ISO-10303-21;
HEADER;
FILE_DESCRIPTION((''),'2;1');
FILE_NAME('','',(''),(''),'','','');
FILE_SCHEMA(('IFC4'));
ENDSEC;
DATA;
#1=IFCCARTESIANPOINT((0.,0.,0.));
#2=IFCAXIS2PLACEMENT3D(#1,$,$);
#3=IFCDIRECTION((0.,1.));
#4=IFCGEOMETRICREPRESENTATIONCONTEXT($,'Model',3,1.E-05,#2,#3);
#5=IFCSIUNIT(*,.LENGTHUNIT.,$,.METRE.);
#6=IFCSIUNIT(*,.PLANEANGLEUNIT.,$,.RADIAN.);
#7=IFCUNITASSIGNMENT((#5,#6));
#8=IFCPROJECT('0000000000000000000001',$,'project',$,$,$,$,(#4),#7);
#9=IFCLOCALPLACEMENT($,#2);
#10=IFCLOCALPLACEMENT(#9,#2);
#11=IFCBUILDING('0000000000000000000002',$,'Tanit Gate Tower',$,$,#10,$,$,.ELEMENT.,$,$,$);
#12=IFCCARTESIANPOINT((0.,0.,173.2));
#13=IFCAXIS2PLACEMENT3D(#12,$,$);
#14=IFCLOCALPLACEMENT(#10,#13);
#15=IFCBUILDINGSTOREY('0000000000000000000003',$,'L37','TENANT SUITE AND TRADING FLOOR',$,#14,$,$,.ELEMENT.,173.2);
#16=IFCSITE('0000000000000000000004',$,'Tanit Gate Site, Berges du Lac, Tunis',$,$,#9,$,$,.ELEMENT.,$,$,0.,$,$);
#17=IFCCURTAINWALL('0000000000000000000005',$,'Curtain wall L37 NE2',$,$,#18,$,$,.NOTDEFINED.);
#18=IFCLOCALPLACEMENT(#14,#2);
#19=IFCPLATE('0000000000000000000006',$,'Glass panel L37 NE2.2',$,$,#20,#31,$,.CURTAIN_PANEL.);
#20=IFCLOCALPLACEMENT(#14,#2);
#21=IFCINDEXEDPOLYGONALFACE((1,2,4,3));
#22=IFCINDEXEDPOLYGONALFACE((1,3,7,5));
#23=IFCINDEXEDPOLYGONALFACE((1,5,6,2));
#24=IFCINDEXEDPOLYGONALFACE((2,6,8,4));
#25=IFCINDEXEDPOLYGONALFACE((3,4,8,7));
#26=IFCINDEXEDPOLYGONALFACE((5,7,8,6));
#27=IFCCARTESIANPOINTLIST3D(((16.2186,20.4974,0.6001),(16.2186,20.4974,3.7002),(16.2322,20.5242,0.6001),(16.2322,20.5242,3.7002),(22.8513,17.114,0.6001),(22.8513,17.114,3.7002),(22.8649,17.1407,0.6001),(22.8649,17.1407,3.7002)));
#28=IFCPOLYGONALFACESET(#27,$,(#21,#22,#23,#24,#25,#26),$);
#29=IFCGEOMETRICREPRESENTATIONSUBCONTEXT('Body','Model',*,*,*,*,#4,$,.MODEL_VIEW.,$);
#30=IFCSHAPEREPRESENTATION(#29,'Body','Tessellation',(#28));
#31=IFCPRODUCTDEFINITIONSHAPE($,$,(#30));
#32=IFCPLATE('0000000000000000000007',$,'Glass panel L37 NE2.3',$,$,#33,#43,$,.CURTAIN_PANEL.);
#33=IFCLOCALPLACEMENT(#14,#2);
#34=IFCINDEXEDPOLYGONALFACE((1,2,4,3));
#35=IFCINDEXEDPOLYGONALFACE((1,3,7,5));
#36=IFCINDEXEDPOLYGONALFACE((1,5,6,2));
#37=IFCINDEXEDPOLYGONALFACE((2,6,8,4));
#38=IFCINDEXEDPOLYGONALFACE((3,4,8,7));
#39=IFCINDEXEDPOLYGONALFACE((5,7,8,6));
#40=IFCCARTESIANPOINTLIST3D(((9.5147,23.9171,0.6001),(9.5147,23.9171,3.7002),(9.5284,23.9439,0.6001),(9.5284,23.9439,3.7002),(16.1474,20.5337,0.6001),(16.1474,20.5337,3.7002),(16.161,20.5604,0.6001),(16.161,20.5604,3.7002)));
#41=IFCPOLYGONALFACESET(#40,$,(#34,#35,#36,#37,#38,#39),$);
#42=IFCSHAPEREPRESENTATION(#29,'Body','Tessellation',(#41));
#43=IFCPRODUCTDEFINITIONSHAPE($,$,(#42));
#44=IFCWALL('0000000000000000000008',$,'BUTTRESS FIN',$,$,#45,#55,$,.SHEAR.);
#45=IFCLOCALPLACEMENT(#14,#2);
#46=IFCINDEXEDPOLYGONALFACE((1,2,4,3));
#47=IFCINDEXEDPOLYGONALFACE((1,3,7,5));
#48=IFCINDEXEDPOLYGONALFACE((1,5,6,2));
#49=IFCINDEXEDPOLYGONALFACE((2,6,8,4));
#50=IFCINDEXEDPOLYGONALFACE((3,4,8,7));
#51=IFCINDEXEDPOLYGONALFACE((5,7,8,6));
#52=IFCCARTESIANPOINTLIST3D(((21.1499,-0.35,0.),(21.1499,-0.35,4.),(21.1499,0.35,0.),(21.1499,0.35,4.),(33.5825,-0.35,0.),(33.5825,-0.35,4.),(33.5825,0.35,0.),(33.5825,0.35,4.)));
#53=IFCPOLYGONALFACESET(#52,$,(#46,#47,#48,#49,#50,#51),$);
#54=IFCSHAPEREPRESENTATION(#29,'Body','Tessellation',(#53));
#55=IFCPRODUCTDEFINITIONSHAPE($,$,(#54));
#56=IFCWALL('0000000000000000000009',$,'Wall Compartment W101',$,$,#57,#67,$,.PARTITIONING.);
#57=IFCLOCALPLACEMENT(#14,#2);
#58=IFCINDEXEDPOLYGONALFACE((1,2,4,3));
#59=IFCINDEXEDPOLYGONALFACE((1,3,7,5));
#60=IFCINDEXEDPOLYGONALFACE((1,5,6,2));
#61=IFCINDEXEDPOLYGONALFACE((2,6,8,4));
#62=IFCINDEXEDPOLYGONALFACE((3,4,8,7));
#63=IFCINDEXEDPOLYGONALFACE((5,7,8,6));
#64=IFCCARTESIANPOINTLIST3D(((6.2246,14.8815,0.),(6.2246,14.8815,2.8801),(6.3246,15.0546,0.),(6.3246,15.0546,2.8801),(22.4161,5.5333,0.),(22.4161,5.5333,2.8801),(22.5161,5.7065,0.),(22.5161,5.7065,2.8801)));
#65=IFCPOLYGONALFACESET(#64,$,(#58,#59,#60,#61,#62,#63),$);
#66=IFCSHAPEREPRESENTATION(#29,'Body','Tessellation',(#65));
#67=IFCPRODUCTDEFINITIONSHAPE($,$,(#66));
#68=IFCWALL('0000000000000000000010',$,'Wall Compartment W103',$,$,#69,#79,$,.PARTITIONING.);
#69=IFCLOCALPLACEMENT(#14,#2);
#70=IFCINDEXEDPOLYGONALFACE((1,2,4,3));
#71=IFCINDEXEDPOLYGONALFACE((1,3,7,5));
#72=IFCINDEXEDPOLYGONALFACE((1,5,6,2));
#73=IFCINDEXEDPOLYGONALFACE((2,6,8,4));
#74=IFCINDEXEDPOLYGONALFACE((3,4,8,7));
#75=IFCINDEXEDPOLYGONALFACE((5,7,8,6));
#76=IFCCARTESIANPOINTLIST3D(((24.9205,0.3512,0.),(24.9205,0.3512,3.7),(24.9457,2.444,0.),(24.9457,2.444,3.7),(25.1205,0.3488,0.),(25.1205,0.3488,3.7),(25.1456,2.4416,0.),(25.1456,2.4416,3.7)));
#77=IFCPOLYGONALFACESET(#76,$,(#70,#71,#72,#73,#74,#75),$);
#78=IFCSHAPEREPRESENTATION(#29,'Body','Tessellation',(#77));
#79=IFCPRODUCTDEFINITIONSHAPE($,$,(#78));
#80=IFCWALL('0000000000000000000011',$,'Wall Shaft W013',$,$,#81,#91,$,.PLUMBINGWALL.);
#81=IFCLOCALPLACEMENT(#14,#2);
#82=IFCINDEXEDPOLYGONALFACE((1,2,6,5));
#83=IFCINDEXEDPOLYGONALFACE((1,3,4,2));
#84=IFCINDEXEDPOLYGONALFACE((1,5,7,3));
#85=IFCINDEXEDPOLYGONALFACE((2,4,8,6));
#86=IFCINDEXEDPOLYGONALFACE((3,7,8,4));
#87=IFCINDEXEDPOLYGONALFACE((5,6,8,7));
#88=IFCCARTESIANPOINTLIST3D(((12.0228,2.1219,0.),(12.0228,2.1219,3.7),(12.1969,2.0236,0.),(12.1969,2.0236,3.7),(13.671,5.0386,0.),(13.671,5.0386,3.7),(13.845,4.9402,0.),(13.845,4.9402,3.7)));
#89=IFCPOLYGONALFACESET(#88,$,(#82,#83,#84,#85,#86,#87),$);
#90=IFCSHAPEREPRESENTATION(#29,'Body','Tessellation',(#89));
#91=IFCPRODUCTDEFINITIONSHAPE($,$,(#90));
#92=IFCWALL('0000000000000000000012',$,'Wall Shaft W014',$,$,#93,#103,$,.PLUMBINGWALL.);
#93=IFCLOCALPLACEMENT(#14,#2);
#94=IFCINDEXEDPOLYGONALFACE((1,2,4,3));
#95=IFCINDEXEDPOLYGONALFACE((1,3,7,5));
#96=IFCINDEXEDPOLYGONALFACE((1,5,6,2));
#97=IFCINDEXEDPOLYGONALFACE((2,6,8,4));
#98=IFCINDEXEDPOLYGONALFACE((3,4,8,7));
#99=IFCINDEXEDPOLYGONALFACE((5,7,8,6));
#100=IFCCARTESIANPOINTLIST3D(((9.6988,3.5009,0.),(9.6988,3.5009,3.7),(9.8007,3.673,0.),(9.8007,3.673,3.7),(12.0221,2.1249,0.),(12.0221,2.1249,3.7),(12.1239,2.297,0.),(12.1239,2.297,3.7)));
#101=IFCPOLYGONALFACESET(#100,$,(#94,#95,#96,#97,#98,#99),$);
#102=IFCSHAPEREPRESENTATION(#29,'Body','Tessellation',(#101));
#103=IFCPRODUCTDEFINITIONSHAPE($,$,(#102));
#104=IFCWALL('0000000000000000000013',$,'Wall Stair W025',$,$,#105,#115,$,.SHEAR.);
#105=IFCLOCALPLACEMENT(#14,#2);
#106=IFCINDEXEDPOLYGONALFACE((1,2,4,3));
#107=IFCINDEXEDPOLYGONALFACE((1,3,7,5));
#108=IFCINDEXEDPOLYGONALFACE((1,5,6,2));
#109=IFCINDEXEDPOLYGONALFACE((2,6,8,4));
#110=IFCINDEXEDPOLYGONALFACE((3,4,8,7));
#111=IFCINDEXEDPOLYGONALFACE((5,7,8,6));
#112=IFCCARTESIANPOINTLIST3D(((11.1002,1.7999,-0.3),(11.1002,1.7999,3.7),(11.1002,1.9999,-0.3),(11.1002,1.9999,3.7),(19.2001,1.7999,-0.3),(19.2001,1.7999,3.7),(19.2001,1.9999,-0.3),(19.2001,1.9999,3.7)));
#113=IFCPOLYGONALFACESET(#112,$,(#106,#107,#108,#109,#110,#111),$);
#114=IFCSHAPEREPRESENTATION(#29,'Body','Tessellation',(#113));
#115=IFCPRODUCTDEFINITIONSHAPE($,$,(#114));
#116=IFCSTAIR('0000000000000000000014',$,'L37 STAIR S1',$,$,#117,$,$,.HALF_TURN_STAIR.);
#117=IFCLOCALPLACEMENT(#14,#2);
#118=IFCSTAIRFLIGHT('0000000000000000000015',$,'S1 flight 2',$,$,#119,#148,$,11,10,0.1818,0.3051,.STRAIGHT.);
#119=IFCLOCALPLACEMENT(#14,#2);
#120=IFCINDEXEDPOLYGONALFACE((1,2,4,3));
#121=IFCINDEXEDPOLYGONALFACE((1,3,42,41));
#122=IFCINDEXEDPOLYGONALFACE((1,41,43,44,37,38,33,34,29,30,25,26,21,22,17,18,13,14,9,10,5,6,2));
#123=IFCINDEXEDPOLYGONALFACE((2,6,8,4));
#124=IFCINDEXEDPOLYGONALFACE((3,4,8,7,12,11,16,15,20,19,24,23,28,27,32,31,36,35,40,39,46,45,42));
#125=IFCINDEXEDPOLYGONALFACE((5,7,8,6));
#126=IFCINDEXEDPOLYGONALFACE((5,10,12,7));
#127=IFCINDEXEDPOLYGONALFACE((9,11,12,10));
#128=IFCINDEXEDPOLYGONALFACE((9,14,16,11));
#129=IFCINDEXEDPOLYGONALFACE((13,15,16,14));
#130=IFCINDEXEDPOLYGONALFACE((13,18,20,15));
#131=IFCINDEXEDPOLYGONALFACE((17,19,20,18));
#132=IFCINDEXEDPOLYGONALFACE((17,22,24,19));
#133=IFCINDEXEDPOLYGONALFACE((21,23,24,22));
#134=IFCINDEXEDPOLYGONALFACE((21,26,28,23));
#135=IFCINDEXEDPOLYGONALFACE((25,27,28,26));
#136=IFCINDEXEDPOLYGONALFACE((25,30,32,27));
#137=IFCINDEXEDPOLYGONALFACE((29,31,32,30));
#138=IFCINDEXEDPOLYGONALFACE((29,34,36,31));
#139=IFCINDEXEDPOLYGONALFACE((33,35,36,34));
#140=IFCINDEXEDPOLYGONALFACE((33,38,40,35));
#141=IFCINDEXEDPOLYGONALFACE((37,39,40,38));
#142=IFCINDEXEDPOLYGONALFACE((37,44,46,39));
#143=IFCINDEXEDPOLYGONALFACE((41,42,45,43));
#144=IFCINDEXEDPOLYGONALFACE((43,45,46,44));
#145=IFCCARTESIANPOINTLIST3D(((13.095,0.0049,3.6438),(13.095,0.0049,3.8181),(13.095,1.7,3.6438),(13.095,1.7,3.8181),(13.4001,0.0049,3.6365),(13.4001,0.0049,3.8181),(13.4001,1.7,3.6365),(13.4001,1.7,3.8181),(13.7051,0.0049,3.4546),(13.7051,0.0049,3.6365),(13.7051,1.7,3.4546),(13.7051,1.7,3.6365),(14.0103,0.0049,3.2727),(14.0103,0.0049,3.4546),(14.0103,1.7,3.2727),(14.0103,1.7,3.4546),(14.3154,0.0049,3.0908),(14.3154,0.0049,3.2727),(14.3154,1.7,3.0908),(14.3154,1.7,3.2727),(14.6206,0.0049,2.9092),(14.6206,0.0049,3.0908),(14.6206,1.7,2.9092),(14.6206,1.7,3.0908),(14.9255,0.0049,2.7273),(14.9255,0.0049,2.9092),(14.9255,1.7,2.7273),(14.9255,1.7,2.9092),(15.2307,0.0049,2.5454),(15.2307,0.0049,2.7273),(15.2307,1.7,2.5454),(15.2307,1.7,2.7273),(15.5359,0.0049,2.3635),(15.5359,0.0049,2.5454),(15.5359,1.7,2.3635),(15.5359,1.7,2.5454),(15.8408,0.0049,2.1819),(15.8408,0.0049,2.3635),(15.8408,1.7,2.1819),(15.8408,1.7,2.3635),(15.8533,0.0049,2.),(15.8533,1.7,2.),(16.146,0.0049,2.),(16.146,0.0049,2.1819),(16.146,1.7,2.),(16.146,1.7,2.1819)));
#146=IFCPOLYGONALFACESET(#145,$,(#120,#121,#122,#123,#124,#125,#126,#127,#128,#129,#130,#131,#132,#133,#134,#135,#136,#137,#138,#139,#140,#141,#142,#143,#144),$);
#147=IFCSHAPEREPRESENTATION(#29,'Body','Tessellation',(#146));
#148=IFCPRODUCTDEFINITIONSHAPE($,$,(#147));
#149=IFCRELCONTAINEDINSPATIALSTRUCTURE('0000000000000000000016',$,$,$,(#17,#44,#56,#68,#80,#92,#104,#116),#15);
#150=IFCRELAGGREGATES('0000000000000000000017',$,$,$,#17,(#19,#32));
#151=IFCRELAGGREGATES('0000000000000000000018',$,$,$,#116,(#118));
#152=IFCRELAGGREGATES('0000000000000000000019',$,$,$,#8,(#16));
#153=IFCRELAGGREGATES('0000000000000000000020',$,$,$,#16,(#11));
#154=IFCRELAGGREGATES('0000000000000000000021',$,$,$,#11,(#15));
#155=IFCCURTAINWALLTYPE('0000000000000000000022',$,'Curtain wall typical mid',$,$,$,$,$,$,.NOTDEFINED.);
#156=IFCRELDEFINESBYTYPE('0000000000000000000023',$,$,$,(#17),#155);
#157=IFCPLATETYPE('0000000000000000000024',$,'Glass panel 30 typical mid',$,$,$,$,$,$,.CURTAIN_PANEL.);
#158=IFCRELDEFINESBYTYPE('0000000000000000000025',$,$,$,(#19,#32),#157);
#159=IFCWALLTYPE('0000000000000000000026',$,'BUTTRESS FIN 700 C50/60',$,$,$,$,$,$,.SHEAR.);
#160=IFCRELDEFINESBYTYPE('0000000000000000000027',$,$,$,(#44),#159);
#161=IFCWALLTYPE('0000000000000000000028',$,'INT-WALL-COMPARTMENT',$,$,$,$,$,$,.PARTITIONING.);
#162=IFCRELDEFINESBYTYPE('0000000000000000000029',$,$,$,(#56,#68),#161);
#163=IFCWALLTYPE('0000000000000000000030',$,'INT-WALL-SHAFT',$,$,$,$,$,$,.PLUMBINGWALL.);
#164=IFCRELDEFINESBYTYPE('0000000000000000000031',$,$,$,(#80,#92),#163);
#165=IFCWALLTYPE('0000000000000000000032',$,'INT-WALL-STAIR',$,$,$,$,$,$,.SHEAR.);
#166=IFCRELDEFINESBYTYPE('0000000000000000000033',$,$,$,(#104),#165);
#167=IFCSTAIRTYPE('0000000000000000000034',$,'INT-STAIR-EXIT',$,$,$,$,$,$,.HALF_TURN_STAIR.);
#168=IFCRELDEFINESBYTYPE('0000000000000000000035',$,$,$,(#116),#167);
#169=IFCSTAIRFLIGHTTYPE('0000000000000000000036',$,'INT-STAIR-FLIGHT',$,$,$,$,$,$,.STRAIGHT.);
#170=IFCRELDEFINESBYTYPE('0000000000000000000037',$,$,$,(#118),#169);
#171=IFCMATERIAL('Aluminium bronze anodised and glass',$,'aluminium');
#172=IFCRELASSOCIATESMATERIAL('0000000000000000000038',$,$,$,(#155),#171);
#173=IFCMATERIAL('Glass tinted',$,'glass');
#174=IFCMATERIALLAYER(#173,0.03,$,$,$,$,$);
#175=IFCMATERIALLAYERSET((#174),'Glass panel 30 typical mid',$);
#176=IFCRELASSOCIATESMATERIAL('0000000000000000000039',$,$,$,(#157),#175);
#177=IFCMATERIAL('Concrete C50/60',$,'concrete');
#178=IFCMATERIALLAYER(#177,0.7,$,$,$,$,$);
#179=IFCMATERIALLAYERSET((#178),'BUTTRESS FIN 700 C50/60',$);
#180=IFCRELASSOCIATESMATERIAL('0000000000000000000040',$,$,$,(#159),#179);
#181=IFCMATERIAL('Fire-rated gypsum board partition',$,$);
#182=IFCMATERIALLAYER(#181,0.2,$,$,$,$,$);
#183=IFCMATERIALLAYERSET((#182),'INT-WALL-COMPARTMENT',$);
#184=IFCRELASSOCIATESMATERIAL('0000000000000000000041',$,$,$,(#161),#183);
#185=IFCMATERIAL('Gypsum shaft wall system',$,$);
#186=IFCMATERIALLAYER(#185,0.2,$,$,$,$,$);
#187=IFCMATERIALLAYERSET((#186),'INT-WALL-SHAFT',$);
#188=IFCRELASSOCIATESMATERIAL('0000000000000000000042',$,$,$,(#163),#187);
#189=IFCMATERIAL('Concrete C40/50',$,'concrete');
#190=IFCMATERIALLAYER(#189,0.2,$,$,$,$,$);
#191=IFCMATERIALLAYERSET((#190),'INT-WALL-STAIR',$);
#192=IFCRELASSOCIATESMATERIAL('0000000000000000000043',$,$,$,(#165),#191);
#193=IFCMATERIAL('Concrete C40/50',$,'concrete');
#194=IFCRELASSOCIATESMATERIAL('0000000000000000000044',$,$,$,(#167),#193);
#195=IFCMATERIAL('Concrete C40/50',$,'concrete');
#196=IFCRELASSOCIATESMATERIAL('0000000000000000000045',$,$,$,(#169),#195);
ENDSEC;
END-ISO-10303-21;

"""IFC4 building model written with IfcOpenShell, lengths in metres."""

from ifc_helpers import new_model, si_unit, direction, frame, frame_2d, origin, origin_2d, place, context, subcontext, project, spatial, polyline, rectangle, outline, extrude, material, layer, layer_set, type_object, element, aggregate, save


model = new_model("IFC4")

# Units and contexts
model_context = context("Model", 3, precision=1e-05, world=origin(), true_north=direction((0.0, 1.0)))
body_context = subcontext(model_context, "Body", "Model", "MODEL_VIEW")
ifc_project = project(units=[si_unit("LENGTHUNIT", "METRE"), si_unit("PLANEANGLEUNIT", "RADIAN")], contexts=[model_context])

# Site, building, storey
site_placement = place(None, origin())
site = spatial("IfcSite", under=ifc_project, at=site_placement, Name="Tanit Gate Site, Berges du Lac, Tunis", CompositionType="ELEMENT", RefElevation=0.0)
building_placement = place(site_placement, origin())
building = spatial("IfcBuilding", under=site, at=building_placement, Name="Tanit Gate Tower", CompositionType="ELEMENT")
storey_placement = place(building_placement, frame((0.0, 0.0, 173.2)))
storey = spatial("IfcBuildingStorey", under=building, at=storey_placement, Name="L37", Description="TENANT SUITE AND TRADING FLOOR", CompositionType="ELEMENT", Elevation=173.2)

# Curtain wall
ifc_material_1 = material(Name="Aluminium bronze anodised and glass", Category="aluminium")
curtain_wall_type = type_object("IfcCurtainWallType", Name="Curtain wall typical mid", PredefinedType="NOTDEFINED", material=ifc_material_1)
curtain_wall_placement = place(storey_placement, origin())
curtain_wall = element("IfcCurtainWall", 1, at=curtain_wall_placement, inside=storey, type_object=curtain_wall_type, Name="Curtain wall L37 NE2", PredefinedType="NOTDEFINED")

# Plates
ifc_material_2 = material(Name="Glass tinted", Category="glass")
ifc_layer_1 = layer(ifc_material_2, 0.03)
ifc_layer_set_1 = layer_set([ifc_layer_1], Name="Glass panel 30 typical mid")
plate_type = type_object("IfcPlateType", Name="Glass panel 30 typical mid", PredefinedType="CURTAIN_PANEL", material=ifc_layer_set_1)
plate_1_placement = place(storey_placement, frame((19.5417, 18.8191, 0.6001), z_axis=(0.0, 0.0, 1.0), x_axis=(-0.890792, 0.454411, 0.0)))
plate_1 = element("IfcPlate", 2, at=plate_1_placement, type_object=plate_type, Name="Glass panel L37 NE2.2", PredefinedType="CURTAIN_PANEL", context=body_context, shape_type="SweptSolid", body=[
    extrude(rectangle(XDim=7.4458, YDim=0.03, at=origin_2d()), origin(), (0.0, 0.0, 1.0), 3.1001),
])
plate_2_placement = place(storey_placement, frame((12.8379, 22.2388, 0.6001), z_axis=(0.0, 0.0, 1.0), x_axis=(-0.890792, 0.454411, 0.0)))
plate_2 = element("IfcPlate", 3, at=plate_2_placement, type_object=plate_type, Name="Glass panel L37 NE2.3", PredefinedType="CURTAIN_PANEL", context=body_context, shape_type="SweptSolid", body=[
    extrude(rectangle(XDim=7.4458, YDim=0.03, at=origin_2d()), origin(), (0.0, 0.0, 1.0), 3.1001),
])
aggregate(curtain_wall, [plate_1, plate_2])

# Wall
ifc_material_3 = material(Name="Concrete C50/60", Category="concrete")
ifc_layer_2 = layer(ifc_material_3, 0.7)
ifc_layer_set_2 = layer_set([ifc_layer_2], Name="BUTTRESS FIN 700 C50/60")
wall_type_1 = type_object("IfcWallType", Name="BUTTRESS FIN 700 C50/60", PredefinedType="SHEAR", material=ifc_layer_set_2)
wall_1_placement = place(storey_placement, frame((21.1499, 0.0, 0.0), z_axis=(0.0, 0.0, 1.0), x_axis=(1.0, 0.0, 0.0)))
element("IfcWall", 4, at=wall_1_placement, inside=storey, type_object=wall_type_1, Name="BUTTRESS FIN", PredefinedType="SHEAR", context=body_context, shape_type="SweptSolid", body=[
    extrude(rectangle(XDim=12.4326, YDim=0.7, at=frame_2d((6.2163, 0.0))), origin(), (0.0, 0.0, 1.0), 4.0),
])

# Walls
ifc_material_4 = material(Name="Fire-rated gypsum board partition")
ifc_layer_3 = layer(ifc_material_4, 0.2)
ifc_layer_set_3 = layer_set([ifc_layer_3], Name="INT-WALL-COMPARTMENT")
wall_type_2 = type_object("IfcWallType", Name="INT-WALL-COMPARTMENT", PredefinedType="PARTITIONING", material=ifc_layer_set_3)
wall_2_placement = place(storey_placement, frame((22.4661, 5.6199, 0.0), z_axis=(0.0, 0.0, 1.0), x_axis=(-0.866025, 0.500001, 0.0)))
element("IfcWall", 5, at=wall_2_placement, inside=storey, type_object=wall_type_2, Name="Wall Compartment W101", PredefinedType="PARTITIONING", context=body_context, shape_type="SweptSolid", body=[
    extrude(rectangle(XDim=18.6963, YDim=0.2, at=frame_2d((9.3481, 0.0))), origin(), (0.0, 0.0, 1.0), 2.8801),
])
wall_3_placement = place(storey_placement, frame((25.0205, 0.3501, 0.0), z_axis=(0.0, 0.0, 1.0), x_axis=(0.012015, 0.999928, 0.0)))
element("IfcWall", 6, at=wall_3_placement, inside=storey, type_object=wall_type_2, Name="Wall Compartment W103", PredefinedType="PARTITIONING", context=body_context, shape_type="SweptSolid", body=[
    extrude(rectangle(XDim=2.093, YDim=0.2, at=frame_2d((1.0464, 0.0))), origin(), (0.0, 0.0, 1.0), 3.7),
])
ifc_material_5 = material(Name="Gypsum shaft wall system")
ifc_layer_4 = layer(ifc_material_5, 0.2)
ifc_layer_set_4 = layer_set([ifc_layer_4], Name="INT-WALL-SHAFT")
wall_type_3 = type_object("IfcWallType", Name="INT-WALL-SHAFT", PredefinedType="PLUMBINGWALL", material=ifc_layer_set_4)
wall_4_placement = place(storey_placement, frame((12.1099, 2.0728, 0.0), z_axis=(0.0, 0.0, 1.0), x_axis=(0.491966, 0.870614, 0.0)))
element("IfcWall", 7, at=wall_4_placement, inside=storey, type_object=wall_type_3, Name="Wall Shaft W013", PredefinedType="PLUMBINGWALL", context=body_context, shape_type="SweptSolid", body=[
    extrude(rectangle(XDim=3.3501, YDim=0.2, at=frame_2d((1.675, 0.0))), origin(), (0.0, 0.0, 1.0), 3.7),
])
wall_5_placement = place(storey_placement, frame((12.073, 2.2109, 0.0), z_axis=(0.0, 0.0, 1.0), x_axis=(-0.860415, 0.509594, 0.0)))
element("IfcWall", 8, at=wall_5_placement, inside=storey, type_object=wall_type_3, Name="Wall Shaft W014", PredefinedType="PLUMBINGWALL", context=body_context, shape_type="SweptSolid", body=[
    extrude(rectangle(XDim=2.7002, YDim=0.2, at=frame_2d((1.3501, 0.0))), origin(), (0.0, 0.0, 1.0), 3.7),
])
ifc_material_6 = material(Name="Concrete C40/50", Category="concrete")
ifc_layer_5 = layer(ifc_material_6, 0.2)
ifc_layer_set_5 = layer_set([ifc_layer_5], Name="INT-WALL-STAIR")
wall_type_4 = type_object("IfcWallType", Name="INT-WALL-STAIR", PredefinedType="SHEAR", material=ifc_layer_set_5)
wall_6_placement = place(storey_placement, frame((19.2, 1.8999, -0.3), z_axis=(0.0, 0.0, 1.0), x_axis=(-1.0, 0.0, 0.0)))
element("IfcWall", 9, at=wall_6_placement, inside=storey, type_object=wall_type_4, Name="Wall Stair W025", PredefinedType="SHEAR", context=body_context, shape_type="SweptSolid", body=[
    extrude(rectangle(XDim=8.0999, YDim=0.2, at=frame_2d((4.0498, 0.0))), origin(), (0.0, 0.0, 1.0), 4.0),
])

# Stair, stair flight
ifc_material_7 = material(Name="Concrete C40/50", Category="concrete")
stair_type = type_object("IfcStairType", Name="INT-STAIR-EXIT", PredefinedType="HALF_TURN_STAIR", material=ifc_material_7)
stair_placement = place(storey_placement, origin())
stair = element("IfcStair", 10, at=stair_placement, inside=storey, type_object=stair_type, Name="L37 STAIR S1", PredefinedType="HALF_TURN_STAIR")
ifc_material_8 = material(Name="Concrete C40/50", Category="concrete")
stair_flight_type = type_object("IfcStairFlightType", Name="INT-STAIR-FLIGHT", PredefinedType="STRAIGHT", material=ifc_material_8)
stair_flight_placement = place(storey_placement, frame((16.146, 0.8525, 2.0), z_axis=(0.0, 0.0, 1.0), x_axis=(-1.0, 0.0, 0.0)))
stair_flight = element("IfcStairFlight", 11, at=stair_flight_placement, type_object=stair_flight_type, Name="S1 flight 2", NumberOfRisers=11, NumberOfTreads=10, PredefinedType="STRAIGHT", RiserHeight=0.1818, TreadLength=0.3051, context=body_context, shape_type="SweptSolid", body=[
    extrude(outline(polyline([(0.0, 0.0), (0.0, 0.1819), (0.3052, 0.1819), (0.3052, 0.3635), (0.6101, 0.3635), (0.6101, 0.5454), (0.9153, 0.5454), (0.9153, 0.7273), (1.2205, 0.7273), (1.2205, 0.9092), (1.5254, 0.9092), (1.5254, 1.0908), (1.8306, 1.0908), (1.8306, 1.2727), (2.1357, 1.2727), (2.1357, 1.4546), (2.4409, 1.4546), (2.4409, 1.6365), (2.7458, 1.6365), (2.7458, 1.8181), (3.051, 1.8181), (3.051, 2.0), (3.051, 1.6438), (0.2927, 0.0), (0.0, 0.0)])), frame((0.0, 0.8477, 0.0), z_axis=(0.0, -1.0, 0.0), x_axis=(1.0, 0.0, 0.0)), (0.0, 0.0, 1.0), 1.6951),
])
aggregate(stair, [stair_flight])

save(model, "model.ifc")
